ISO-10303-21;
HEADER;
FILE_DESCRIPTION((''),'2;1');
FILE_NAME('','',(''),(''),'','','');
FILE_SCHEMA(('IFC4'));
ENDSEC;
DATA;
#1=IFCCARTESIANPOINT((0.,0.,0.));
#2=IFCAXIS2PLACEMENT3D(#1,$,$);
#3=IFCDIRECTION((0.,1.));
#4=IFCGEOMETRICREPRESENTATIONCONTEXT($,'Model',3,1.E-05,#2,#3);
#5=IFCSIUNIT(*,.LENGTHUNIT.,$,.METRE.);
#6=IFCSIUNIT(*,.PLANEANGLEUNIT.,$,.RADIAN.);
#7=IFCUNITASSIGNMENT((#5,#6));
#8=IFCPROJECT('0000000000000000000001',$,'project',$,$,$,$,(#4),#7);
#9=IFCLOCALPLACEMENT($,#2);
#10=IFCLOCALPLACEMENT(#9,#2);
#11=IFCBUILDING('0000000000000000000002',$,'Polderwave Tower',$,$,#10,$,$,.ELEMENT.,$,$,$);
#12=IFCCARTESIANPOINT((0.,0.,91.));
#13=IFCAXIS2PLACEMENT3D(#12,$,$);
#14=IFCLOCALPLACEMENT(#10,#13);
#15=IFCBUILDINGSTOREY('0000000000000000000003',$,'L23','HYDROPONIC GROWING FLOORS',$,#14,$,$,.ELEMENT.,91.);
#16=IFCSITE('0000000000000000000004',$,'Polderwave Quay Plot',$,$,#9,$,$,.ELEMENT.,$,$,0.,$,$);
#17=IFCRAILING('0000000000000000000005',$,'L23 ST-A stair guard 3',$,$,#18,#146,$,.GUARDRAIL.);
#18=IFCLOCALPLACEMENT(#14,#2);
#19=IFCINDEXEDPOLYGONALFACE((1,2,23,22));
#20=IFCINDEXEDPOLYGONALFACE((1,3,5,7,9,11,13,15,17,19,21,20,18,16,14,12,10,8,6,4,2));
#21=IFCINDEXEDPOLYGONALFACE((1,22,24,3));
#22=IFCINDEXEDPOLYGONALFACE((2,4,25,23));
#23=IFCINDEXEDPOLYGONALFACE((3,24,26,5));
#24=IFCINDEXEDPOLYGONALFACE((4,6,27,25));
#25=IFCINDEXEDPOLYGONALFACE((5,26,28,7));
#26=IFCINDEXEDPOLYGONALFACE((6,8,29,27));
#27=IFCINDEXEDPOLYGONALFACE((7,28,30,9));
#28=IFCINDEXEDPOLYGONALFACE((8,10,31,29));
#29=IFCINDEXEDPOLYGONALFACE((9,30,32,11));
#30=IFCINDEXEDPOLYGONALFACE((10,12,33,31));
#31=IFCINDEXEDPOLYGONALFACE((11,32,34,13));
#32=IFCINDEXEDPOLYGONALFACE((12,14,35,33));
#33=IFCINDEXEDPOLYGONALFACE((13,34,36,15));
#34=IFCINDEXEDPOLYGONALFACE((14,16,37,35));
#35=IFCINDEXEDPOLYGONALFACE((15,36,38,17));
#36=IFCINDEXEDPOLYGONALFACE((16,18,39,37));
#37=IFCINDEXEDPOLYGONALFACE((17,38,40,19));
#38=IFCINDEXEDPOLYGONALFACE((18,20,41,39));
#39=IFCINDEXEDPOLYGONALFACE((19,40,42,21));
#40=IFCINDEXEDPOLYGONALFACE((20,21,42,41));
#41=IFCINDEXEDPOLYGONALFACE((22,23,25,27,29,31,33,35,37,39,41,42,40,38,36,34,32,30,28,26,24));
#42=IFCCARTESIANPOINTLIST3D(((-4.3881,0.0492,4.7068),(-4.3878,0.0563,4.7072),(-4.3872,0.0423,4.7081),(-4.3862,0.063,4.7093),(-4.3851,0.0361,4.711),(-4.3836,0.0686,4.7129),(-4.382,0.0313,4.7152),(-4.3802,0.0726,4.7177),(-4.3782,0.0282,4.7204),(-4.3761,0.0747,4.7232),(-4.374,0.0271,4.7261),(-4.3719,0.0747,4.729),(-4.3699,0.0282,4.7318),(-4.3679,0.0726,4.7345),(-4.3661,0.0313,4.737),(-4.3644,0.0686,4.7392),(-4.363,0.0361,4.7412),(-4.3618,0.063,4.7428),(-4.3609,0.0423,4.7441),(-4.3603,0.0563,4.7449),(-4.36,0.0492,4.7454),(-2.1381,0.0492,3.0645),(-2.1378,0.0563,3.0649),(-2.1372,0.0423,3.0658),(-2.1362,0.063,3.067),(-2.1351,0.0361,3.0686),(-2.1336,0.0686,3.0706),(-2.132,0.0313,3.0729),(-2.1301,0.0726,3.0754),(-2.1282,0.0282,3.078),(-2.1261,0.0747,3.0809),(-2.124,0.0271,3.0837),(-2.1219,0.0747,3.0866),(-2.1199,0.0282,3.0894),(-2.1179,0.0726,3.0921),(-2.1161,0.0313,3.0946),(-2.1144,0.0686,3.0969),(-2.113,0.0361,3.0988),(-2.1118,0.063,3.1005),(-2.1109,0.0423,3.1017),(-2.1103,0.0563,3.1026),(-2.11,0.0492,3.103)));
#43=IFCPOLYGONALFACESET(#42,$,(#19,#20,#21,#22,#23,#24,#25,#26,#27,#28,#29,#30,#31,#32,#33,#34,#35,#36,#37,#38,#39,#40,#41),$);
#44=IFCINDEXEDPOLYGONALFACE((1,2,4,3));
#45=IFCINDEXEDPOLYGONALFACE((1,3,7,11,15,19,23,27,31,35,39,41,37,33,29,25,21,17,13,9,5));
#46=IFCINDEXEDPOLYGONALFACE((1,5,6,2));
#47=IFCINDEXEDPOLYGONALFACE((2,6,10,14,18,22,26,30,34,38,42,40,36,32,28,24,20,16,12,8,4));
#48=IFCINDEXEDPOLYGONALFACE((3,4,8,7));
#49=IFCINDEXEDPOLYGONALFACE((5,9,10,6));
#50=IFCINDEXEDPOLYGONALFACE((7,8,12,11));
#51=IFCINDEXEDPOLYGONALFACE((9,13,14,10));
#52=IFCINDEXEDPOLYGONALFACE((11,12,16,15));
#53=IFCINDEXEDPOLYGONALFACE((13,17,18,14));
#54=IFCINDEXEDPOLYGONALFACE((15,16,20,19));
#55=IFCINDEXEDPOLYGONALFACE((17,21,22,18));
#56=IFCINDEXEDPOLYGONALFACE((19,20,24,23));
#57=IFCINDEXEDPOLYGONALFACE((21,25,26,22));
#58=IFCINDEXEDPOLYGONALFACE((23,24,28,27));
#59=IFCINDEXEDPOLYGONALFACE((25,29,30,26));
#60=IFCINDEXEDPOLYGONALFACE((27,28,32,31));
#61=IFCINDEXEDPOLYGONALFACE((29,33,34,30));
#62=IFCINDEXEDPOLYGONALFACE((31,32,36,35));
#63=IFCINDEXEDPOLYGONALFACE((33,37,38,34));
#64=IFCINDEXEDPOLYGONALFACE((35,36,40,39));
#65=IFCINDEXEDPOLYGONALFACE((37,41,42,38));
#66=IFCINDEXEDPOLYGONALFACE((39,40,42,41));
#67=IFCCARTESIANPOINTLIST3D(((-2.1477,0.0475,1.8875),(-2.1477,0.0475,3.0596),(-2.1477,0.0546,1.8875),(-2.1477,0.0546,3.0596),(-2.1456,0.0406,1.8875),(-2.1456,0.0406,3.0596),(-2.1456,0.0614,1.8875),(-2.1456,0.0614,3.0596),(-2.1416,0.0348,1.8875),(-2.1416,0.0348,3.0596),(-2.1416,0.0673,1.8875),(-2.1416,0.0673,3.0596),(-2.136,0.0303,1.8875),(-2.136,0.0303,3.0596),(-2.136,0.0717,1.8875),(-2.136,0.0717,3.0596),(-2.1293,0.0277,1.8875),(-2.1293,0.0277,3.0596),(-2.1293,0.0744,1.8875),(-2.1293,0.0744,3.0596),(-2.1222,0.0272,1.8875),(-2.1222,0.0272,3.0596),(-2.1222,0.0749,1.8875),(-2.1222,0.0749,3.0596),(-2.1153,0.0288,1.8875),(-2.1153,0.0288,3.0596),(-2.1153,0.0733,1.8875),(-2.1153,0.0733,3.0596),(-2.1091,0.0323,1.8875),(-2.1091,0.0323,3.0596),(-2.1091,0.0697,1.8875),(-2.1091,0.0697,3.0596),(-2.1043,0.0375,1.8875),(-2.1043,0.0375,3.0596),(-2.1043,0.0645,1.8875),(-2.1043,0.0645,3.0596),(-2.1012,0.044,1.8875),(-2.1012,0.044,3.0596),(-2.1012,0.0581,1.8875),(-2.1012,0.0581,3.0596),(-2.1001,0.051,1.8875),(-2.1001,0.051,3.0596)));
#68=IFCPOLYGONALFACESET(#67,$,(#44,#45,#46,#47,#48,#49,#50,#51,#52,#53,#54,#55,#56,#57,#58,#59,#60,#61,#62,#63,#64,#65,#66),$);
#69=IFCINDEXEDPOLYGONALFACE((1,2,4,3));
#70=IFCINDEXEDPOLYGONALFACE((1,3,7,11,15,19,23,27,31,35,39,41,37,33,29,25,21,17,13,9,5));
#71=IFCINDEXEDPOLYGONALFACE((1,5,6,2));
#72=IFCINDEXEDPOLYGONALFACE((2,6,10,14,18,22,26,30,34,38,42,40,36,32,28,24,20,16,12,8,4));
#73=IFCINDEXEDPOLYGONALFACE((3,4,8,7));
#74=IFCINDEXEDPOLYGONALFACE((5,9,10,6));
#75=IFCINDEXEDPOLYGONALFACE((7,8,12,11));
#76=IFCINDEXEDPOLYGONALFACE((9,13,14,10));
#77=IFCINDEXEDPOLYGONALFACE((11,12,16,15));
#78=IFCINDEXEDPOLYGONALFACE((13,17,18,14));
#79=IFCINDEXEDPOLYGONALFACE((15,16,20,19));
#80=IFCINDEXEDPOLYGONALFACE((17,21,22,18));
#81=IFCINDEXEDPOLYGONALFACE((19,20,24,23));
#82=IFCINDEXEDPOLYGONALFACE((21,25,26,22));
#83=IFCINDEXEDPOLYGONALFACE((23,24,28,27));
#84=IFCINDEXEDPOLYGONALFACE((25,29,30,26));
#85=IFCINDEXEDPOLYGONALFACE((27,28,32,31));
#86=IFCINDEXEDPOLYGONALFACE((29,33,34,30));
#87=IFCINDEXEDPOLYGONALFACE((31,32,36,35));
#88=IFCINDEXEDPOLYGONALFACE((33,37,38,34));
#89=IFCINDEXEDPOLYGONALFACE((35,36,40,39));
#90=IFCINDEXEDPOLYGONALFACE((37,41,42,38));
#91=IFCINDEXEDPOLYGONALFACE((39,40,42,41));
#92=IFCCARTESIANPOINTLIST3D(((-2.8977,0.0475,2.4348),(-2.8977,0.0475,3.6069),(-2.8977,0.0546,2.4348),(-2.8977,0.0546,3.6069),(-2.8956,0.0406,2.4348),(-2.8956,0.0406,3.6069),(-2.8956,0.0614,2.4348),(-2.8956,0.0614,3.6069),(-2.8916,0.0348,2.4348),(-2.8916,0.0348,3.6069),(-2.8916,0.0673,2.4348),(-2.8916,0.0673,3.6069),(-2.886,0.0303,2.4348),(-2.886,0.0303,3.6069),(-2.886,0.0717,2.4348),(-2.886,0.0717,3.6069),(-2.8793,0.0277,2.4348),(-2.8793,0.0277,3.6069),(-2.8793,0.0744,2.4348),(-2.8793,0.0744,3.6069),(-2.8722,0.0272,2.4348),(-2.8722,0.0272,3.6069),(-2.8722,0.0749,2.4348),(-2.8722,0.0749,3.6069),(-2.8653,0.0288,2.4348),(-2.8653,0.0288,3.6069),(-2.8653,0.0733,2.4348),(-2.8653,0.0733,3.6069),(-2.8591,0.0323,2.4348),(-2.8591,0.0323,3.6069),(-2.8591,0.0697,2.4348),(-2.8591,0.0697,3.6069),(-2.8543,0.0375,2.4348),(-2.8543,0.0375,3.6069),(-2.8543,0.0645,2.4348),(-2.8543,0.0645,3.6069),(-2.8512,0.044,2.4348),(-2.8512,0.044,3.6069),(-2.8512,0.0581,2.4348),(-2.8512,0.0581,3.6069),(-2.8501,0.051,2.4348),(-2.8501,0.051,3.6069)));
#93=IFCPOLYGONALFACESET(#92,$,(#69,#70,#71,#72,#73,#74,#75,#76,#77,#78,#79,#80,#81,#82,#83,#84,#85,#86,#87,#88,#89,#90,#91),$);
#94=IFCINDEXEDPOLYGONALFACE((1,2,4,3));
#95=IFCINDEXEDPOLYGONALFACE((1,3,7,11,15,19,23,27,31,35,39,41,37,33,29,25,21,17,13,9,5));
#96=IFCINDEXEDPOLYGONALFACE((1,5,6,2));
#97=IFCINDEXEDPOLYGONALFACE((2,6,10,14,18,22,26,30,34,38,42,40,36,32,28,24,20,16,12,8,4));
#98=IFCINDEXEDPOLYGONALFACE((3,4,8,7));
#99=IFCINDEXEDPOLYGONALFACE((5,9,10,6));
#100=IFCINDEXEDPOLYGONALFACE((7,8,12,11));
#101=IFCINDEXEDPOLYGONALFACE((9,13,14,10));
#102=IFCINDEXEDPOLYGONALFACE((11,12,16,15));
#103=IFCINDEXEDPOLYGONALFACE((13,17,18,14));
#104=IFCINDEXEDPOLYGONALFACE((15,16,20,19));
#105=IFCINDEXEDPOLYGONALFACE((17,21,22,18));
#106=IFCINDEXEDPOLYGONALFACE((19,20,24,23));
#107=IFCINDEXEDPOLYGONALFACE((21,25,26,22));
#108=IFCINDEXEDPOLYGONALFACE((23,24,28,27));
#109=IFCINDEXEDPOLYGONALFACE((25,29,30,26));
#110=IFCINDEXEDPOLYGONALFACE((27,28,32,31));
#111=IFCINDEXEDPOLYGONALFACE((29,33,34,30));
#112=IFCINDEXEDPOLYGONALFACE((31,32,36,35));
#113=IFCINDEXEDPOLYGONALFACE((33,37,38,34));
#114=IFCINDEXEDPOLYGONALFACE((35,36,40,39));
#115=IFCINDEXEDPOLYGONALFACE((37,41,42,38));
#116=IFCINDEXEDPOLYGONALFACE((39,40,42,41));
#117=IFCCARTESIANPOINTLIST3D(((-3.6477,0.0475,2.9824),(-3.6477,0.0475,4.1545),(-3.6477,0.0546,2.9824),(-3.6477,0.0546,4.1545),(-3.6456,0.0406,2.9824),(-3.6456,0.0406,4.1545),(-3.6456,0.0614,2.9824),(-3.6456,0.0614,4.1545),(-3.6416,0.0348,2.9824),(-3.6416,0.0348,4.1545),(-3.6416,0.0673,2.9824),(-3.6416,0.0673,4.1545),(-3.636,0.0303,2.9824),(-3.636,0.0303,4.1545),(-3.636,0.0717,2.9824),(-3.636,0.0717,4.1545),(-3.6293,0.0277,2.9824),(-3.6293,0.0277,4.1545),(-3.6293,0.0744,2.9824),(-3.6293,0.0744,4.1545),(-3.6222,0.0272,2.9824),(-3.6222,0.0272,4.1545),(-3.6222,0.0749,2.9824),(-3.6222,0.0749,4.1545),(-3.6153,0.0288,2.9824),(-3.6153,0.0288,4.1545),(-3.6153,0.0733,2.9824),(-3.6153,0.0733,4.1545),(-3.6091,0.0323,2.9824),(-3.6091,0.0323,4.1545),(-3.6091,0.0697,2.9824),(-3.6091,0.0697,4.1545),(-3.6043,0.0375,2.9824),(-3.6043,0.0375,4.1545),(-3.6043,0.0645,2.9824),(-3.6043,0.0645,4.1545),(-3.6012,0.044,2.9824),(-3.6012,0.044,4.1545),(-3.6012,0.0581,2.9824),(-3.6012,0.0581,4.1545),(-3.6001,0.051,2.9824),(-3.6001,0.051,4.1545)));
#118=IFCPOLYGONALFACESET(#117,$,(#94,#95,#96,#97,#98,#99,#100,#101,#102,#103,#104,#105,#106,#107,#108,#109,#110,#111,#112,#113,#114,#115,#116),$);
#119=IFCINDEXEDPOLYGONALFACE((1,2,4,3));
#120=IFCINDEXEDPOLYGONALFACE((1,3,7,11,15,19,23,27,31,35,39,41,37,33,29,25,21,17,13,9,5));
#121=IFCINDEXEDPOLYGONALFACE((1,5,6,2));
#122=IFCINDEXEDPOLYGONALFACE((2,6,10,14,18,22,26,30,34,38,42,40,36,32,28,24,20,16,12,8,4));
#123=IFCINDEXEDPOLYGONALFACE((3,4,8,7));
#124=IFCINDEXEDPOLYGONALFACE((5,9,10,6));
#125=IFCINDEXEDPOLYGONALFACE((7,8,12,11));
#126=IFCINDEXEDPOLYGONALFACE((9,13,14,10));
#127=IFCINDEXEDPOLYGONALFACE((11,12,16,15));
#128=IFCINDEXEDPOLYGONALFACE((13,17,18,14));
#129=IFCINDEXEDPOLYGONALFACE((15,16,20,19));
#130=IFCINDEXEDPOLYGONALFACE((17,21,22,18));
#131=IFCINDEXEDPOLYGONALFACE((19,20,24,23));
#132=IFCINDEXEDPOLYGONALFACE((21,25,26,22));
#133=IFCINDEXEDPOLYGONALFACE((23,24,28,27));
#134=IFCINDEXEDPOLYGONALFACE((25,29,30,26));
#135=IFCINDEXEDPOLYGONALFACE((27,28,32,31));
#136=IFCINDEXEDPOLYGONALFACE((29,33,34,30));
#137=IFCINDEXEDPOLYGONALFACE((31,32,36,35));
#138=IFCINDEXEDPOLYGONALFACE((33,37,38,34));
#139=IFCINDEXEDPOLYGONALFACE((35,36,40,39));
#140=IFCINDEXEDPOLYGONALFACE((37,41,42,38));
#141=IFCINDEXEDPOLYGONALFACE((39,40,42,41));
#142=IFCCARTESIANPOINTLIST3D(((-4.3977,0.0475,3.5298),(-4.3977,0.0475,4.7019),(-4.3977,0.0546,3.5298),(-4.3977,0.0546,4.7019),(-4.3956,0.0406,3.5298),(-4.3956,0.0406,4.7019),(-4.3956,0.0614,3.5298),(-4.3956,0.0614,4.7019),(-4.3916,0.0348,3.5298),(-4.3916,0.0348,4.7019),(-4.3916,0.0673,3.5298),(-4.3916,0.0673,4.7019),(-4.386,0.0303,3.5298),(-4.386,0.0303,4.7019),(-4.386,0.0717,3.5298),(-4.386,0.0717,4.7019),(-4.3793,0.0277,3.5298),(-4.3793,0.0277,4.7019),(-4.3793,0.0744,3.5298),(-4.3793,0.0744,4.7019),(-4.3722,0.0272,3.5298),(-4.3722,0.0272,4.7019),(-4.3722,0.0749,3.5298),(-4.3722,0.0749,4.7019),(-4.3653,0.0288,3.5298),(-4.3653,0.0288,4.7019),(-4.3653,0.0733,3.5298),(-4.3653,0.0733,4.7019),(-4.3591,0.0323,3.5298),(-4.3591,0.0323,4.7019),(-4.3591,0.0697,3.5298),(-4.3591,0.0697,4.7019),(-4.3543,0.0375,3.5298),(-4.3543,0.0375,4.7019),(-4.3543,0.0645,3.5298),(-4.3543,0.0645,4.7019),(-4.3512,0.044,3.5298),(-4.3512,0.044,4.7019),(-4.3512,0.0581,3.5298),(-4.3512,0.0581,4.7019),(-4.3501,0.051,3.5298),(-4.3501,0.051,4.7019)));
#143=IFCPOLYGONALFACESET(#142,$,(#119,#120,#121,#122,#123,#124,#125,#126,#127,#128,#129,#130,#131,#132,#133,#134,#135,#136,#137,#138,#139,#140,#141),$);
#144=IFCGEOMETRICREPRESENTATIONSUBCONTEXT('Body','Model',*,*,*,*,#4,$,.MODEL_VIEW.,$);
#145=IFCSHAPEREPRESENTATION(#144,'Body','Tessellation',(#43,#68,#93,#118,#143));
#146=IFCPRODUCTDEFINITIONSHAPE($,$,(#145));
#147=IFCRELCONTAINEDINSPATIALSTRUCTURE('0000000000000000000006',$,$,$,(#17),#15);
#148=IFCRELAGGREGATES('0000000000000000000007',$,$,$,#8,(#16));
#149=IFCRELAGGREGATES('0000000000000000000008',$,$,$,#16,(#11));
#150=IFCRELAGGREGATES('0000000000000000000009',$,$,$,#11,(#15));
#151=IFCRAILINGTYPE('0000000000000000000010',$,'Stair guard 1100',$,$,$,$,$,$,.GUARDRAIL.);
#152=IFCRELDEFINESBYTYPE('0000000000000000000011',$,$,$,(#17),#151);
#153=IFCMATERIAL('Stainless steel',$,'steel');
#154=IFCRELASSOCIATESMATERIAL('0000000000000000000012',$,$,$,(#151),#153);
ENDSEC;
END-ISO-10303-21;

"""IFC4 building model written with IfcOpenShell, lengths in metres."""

from ifc_helpers import new_model, si_unit, direction, frame, origin, origin_2d, place, context, subcontext, project, spatial, circle, extrude, material, type_object, element, save


model = new_model("IFC4")

# Units and contexts
model_context = context("Model", 3, precision=1e-05, world=origin(), true_north=direction((0.0, 1.0)))
body_context = subcontext(model_context, "Body", "Model", "MODEL_VIEW")
ifc_project = project(units=[si_unit("LENGTHUNIT", "METRE"), si_unit("PLANEANGLEUNIT", "RADIAN")], contexts=[model_context])

# Site, building, storey
site_placement = place(None, origin())
site = spatial("IfcSite", under=ifc_project, at=site_placement, Name="Polderwave Quay Plot", CompositionType="ELEMENT", RefElevation=0.0)
building_placement = place(site_placement, origin())
building = spatial("IfcBuilding", under=site, at=building_placement, Name="Polderwave Tower", CompositionType="ELEMENT")
storey_placement = place(building_placement, frame((0.0, 0.0, 91.0)))
storey = spatial("IfcBuildingStorey", under=building, at=storey_placement, Name="L23", Description="HYDROPONIC GROWING FLOORS", CompositionType="ELEMENT", Elevation=91.0)

# Railing
ifc_material_1 = material(Name="Stainless steel", Category="steel")
railing_type_1 = type_object("IfcRailingType", Name="Stair guard 1100", PredefinedType="GUARDRAIL", material=ifc_material_1)
railing_1_placement = place(storey_placement, frame((-2.124, 0.051, 1.8875)))
element("IfcRailing", 1, at=railing_1_placement, inside=storey, type_object=railing_type_1, Name="L23 ST-A stair guard 3", PredefinedType="GUARDRAIL", context=body_context, shape_type="SweptSolid", body=[
    extrude(circle(Radius=0.0239, at=origin_2d()), frame((0.0, 0.0, 1.1963), z_axis=(-0.807715, 0.0, 0.589573), x_axis=(0.0, -1.0, 0.0)), (0.0, 0.0, 1.0), 2.7856),
    extrude(circle(Radius=0.0239, at=origin_2d()), origin(), (0.0, 0.0, 1.0), 1.1721),
    extrude(circle(Radius=0.0239, at=origin_2d()), frame((-0.75, 0.0, 0.5474)), (0.0, 0.0, 1.0), 1.1721),
    extrude(circle(Radius=0.0239, at=origin_2d()), frame((-1.5, 0.0, 1.095)), (0.0, 0.0, 1.0), 1.1721),
    extrude(circle(Radius=0.0239, at=origin_2d()), frame((-2.25, 0.0, 1.6423)), (0.0, 0.0, 1.0), 1.1721),
])

save(model, "model.ifc")
